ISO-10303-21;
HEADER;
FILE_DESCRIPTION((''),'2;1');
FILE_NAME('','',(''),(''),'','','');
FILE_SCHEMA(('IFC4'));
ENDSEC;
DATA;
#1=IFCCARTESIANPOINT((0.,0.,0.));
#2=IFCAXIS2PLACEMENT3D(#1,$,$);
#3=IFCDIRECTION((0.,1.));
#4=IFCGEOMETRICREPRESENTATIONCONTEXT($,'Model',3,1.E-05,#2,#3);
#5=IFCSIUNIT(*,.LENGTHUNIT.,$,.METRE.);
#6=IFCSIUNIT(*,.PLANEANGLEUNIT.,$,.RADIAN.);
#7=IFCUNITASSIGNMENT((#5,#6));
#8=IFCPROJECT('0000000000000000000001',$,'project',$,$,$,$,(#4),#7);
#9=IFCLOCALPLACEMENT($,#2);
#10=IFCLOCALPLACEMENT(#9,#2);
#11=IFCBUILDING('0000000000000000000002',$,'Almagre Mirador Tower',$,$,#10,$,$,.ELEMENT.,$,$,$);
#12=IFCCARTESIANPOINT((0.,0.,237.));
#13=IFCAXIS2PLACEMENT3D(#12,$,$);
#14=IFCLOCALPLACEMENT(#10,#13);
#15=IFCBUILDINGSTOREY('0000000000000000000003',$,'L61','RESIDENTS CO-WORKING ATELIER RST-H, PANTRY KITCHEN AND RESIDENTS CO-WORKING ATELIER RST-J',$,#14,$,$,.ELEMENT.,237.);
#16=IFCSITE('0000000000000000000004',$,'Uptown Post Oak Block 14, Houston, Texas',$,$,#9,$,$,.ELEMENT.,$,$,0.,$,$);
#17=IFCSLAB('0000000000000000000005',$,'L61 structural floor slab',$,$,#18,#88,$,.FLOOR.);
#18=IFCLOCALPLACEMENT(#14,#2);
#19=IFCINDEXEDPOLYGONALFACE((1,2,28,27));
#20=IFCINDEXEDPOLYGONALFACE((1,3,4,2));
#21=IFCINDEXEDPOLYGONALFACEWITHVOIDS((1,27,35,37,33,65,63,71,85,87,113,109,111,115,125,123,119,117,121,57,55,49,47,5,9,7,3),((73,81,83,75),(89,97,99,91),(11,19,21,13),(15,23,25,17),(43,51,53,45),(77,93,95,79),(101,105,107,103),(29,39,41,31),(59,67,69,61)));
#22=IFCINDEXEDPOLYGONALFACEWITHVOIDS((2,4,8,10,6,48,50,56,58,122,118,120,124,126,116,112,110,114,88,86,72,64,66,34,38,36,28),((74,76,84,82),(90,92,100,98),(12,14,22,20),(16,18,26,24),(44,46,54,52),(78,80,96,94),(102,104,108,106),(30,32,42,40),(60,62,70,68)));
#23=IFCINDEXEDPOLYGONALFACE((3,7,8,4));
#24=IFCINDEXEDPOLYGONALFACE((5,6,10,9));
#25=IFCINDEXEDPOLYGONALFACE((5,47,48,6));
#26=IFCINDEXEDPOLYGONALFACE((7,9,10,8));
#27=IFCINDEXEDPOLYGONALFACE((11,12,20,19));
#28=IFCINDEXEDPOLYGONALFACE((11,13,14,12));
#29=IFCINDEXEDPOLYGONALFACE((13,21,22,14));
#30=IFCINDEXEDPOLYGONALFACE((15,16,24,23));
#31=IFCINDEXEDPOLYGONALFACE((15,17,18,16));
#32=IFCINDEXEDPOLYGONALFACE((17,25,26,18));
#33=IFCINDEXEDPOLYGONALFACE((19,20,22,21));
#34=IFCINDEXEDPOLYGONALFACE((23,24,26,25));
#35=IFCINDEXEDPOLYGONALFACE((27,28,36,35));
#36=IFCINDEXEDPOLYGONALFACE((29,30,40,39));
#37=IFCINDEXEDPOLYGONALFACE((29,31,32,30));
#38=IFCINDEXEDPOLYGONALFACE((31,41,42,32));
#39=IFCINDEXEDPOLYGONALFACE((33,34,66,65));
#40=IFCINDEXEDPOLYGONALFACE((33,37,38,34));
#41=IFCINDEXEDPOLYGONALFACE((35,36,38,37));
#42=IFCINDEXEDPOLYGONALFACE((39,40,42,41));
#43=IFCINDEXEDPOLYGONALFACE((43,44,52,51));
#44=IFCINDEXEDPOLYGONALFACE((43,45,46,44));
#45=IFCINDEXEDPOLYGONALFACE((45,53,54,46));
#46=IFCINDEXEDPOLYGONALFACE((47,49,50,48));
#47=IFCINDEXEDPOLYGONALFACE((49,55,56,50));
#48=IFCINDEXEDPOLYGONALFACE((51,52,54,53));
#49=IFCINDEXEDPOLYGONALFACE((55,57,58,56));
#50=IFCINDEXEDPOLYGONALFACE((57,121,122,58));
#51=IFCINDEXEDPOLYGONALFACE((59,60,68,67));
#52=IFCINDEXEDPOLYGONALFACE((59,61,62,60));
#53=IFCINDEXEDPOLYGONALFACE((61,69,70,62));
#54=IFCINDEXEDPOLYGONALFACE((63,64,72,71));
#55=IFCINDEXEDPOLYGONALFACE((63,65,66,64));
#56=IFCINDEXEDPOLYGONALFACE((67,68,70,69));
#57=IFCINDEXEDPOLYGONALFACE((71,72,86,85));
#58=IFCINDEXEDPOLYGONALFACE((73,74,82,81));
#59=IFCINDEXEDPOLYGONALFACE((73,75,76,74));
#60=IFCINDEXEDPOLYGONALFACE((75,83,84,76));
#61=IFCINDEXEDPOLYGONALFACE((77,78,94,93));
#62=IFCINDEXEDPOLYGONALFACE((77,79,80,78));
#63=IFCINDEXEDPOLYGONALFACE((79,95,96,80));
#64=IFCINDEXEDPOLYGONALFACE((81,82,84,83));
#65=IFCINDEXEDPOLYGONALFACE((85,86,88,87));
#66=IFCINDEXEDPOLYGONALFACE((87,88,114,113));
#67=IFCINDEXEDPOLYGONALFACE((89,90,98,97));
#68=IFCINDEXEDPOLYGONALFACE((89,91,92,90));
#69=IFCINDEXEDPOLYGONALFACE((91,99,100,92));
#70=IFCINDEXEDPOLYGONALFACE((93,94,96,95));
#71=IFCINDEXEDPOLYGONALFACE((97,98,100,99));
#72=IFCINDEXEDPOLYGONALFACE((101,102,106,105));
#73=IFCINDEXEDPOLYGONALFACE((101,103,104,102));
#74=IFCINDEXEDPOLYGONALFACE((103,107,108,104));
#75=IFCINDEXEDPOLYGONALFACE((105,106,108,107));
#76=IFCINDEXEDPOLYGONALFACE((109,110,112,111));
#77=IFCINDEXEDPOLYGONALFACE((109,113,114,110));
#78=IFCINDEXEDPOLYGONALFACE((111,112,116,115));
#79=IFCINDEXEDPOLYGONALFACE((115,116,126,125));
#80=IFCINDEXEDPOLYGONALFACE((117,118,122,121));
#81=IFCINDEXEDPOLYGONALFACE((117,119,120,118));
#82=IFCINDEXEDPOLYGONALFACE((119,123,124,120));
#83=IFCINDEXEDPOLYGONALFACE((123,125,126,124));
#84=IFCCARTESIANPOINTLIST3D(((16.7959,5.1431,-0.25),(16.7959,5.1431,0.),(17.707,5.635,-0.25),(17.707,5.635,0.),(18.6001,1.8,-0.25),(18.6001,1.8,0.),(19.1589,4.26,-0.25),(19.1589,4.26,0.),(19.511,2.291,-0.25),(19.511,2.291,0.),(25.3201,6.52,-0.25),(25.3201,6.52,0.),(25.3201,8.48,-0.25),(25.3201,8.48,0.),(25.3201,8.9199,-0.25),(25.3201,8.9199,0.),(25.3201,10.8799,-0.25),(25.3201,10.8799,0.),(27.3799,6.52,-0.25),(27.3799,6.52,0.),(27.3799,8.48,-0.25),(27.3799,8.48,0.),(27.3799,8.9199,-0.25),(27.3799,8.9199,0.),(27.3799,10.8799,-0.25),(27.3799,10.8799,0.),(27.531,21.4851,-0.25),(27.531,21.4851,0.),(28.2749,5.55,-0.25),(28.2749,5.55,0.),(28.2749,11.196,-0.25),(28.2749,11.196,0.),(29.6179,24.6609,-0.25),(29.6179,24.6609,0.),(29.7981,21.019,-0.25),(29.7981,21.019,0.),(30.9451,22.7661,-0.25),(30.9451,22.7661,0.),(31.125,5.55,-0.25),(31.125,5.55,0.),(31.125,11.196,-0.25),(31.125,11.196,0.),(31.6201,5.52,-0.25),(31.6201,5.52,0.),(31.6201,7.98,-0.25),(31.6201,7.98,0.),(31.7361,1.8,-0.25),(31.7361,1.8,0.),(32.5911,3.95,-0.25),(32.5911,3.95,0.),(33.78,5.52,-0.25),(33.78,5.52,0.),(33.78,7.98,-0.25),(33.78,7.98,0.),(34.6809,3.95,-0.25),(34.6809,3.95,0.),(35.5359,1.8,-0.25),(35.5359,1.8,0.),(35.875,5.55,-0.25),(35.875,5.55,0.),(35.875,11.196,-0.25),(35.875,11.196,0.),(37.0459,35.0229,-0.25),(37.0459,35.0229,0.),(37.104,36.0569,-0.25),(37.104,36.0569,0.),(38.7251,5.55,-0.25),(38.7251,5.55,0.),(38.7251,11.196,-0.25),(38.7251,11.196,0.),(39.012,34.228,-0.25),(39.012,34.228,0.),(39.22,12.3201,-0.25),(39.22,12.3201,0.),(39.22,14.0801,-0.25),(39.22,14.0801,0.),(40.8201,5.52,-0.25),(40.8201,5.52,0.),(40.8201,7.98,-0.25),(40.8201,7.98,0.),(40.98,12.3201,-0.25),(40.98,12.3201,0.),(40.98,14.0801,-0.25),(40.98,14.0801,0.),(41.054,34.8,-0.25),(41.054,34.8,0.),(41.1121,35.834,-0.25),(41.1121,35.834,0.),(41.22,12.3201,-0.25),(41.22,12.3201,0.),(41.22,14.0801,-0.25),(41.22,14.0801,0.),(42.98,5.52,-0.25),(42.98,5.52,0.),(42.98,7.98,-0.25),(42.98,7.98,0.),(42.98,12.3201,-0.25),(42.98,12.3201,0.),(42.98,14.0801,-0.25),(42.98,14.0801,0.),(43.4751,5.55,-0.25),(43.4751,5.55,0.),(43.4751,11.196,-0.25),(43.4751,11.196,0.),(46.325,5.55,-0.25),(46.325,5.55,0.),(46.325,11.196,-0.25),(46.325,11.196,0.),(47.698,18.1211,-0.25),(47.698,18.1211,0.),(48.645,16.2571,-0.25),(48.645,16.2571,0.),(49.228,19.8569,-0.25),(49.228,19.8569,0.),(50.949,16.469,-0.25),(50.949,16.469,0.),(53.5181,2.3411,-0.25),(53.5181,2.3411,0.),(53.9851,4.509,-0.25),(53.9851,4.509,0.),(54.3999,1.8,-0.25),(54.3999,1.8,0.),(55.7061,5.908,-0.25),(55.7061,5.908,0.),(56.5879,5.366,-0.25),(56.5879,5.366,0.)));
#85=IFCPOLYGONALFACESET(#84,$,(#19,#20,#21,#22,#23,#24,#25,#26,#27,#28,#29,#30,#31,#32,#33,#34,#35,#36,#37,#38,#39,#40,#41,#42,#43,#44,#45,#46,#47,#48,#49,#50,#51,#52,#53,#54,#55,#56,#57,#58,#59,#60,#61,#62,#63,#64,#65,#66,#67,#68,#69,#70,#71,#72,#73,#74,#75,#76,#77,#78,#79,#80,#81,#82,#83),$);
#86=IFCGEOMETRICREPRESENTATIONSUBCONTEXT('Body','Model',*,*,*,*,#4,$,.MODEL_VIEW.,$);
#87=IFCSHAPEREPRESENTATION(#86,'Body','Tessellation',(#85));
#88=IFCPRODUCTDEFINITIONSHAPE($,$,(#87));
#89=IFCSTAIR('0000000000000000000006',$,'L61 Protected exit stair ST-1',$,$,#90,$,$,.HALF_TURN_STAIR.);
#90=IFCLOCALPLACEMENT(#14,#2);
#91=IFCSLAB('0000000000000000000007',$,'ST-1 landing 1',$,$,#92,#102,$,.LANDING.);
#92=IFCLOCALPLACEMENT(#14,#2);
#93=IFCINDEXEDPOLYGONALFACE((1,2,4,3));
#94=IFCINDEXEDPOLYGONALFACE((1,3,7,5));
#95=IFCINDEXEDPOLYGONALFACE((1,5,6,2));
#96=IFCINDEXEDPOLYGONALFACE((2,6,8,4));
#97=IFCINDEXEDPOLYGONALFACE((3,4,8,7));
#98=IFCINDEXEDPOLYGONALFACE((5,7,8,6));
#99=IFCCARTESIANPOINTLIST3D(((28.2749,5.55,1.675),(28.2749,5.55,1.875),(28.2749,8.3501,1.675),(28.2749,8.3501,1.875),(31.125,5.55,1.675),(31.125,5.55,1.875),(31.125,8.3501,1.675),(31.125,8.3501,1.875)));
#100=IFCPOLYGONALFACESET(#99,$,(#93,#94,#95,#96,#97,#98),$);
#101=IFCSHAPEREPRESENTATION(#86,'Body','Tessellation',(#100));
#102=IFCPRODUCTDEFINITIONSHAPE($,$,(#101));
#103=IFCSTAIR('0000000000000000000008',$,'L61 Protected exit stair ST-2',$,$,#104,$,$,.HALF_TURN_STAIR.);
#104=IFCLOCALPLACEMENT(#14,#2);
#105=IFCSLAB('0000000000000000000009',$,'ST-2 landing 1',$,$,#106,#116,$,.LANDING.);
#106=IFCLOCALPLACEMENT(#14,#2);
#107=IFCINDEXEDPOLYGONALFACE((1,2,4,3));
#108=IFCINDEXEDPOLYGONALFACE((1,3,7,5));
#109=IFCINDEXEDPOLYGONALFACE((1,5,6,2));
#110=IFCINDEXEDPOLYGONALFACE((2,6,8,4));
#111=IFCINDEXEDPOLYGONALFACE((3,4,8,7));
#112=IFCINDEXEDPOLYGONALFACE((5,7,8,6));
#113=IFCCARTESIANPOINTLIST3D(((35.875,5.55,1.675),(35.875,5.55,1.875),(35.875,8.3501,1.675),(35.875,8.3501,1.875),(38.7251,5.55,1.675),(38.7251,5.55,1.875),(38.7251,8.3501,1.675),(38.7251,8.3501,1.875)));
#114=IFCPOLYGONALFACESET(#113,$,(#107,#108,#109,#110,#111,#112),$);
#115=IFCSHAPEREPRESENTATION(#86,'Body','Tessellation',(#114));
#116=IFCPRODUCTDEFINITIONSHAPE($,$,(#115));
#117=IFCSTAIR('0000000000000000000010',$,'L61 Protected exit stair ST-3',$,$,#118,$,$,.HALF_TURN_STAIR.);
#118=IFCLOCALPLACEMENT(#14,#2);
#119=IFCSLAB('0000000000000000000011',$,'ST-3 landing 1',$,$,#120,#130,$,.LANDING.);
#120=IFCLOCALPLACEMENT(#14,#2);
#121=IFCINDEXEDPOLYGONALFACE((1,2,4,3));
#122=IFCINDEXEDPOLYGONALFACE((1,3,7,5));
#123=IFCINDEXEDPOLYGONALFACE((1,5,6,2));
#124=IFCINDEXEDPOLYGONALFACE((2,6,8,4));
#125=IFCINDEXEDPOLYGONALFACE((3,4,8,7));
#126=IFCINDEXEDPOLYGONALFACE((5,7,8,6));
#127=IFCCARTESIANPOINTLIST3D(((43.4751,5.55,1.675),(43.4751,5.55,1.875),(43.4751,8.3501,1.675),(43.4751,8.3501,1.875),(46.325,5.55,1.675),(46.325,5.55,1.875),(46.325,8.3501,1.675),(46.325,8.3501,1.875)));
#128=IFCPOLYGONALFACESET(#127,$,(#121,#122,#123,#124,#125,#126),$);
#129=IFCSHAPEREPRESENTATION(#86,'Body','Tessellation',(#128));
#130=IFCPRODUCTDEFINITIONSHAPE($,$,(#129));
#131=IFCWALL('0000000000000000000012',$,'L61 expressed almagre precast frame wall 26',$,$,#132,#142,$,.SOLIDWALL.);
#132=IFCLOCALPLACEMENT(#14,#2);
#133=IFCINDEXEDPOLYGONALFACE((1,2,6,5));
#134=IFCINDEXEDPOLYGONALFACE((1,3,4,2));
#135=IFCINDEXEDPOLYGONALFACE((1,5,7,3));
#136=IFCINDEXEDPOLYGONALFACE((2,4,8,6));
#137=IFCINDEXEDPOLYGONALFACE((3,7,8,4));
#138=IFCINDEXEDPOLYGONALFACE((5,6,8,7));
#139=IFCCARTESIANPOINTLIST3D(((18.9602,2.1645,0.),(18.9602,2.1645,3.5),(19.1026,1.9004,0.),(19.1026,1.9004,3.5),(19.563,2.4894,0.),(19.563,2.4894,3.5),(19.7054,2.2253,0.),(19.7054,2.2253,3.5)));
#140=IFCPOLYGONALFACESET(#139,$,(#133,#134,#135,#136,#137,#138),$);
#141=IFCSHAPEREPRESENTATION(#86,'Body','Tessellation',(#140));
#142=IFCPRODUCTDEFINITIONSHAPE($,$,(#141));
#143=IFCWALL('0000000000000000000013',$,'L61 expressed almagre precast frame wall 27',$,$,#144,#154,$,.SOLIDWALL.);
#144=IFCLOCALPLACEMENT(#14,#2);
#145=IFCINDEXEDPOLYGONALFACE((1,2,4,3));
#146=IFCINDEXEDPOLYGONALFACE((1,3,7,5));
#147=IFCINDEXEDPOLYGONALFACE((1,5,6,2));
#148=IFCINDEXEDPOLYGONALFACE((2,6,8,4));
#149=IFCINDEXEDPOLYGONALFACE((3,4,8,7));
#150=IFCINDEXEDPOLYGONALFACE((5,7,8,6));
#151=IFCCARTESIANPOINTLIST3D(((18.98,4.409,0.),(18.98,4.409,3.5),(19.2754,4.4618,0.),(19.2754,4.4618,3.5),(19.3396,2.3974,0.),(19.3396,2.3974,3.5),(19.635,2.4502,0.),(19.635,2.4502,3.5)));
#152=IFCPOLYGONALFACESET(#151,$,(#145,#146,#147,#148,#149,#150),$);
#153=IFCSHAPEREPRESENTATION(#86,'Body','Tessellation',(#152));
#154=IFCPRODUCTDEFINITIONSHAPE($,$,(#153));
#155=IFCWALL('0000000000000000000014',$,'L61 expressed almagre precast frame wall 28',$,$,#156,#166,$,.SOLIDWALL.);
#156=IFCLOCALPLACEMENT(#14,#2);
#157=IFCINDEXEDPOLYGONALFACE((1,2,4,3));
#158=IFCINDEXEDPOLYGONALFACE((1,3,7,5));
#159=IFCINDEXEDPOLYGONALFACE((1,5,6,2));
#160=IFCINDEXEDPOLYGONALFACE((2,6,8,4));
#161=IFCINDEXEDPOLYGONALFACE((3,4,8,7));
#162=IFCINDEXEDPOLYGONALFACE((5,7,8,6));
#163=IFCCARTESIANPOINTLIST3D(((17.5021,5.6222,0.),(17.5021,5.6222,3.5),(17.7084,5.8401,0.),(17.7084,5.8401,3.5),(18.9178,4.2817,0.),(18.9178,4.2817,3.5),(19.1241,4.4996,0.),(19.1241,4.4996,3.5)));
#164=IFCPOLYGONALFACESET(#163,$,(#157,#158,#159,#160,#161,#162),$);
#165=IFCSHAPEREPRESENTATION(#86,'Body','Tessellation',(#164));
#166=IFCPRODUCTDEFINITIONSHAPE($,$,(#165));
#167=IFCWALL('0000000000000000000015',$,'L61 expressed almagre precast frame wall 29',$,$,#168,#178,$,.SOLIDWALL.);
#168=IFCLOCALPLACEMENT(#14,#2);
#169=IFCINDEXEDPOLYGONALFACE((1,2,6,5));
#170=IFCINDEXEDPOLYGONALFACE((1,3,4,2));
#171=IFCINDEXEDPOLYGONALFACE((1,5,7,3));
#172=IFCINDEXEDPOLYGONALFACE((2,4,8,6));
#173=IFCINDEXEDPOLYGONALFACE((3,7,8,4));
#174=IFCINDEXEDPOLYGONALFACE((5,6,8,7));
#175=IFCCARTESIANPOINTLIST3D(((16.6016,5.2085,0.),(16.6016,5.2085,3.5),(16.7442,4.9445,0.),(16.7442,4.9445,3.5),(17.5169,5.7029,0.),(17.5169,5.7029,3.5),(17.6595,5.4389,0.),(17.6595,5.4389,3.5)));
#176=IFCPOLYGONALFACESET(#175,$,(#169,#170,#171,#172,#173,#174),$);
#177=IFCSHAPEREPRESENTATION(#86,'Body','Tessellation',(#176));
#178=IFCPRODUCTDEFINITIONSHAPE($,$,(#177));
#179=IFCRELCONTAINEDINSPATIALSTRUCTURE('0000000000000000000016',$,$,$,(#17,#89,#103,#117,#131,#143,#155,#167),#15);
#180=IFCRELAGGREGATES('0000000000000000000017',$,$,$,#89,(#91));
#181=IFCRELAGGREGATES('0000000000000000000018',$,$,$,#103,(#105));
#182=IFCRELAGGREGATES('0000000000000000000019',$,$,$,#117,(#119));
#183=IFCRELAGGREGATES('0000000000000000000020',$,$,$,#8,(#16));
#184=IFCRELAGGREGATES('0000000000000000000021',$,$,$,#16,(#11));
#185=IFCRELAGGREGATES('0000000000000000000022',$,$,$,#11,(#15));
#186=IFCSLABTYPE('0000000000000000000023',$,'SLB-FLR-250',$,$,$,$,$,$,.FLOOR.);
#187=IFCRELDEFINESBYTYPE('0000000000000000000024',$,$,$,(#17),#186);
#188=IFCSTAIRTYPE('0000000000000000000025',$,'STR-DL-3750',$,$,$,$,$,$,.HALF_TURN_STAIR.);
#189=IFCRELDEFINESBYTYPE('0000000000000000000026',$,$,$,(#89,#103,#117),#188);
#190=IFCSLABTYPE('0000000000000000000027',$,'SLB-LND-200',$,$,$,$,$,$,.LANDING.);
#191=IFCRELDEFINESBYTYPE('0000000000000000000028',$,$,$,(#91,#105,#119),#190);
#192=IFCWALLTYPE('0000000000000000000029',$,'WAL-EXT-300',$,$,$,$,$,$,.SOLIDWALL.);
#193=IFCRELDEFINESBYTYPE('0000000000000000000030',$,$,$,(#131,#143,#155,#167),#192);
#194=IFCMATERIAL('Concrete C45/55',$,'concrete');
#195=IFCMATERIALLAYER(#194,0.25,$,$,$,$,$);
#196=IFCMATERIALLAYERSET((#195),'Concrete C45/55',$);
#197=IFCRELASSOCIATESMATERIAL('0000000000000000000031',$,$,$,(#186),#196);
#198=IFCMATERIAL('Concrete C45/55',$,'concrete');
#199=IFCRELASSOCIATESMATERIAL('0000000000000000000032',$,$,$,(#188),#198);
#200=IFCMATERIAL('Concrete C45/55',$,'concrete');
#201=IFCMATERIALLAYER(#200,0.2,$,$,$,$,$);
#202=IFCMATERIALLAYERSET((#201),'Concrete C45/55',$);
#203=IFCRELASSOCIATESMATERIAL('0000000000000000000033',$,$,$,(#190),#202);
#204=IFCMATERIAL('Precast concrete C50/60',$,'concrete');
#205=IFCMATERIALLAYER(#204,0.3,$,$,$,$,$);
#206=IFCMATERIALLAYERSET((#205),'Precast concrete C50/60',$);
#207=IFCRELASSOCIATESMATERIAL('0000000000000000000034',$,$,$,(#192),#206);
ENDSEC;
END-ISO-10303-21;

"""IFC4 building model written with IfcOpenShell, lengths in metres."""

from ifc_helpers import new_model, si_unit, direction, frame, frame_2d, origin, place, context, subcontext, project, spatial, polyline, rectangle, outline, extrude, material, layer, layer_set, type_object, element, aggregate, save


model = new_model("IFC4")

# Units and contexts
model_context = context("Model", 3, precision=1e-05, world=origin(), true_north=direction((0.0, 1.0)))
body_context = subcontext(model_context, "Body", "Model", "MODEL_VIEW")
ifc_project = project(units=[si_unit("LENGTHUNIT", "METRE"), si_unit("PLANEANGLEUNIT", "RADIAN")], contexts=[model_context])

# Site, building, storey
site_placement = place(None, origin())
site = spatial("IfcSite", under=ifc_project, at=site_placement, Name="Uptown Post Oak Block 14, Houston, Texas", CompositionType="ELEMENT", RefElevation=0.0)
building_placement = place(site_placement, origin())
building = spatial("IfcBuilding", under=site, at=building_placement, Name="Almagre Mirador Tower", CompositionType="ELEMENT")
storey_placement = place(building_placement, frame((0.0, 0.0, 237.0)))
storey = spatial("IfcBuildingStorey", under=building, at=storey_placement, Name="L61", Description="RESIDENTS CO-WORKING ATELIER RST-H, PANTRY KITCHEN AND RESIDENTS CO-WORKING ATELIER RST-J", CompositionType="ELEMENT", Elevation=237.0)

# Slab
ifc_material_1 = material(Name="Concrete C45/55", Category="concrete")
ifc_layer_1 = layer(ifc_material_1, 0.25)
ifc_layer_set_1 = layer_set([ifc_layer_1], Name="Concrete C45/55")
slab_type_1 = type_object("IfcSlabType", Name="SLB-FLR-250", PredefinedType="FLOOR", material=ifc_layer_set_1)
slab_1_placement = place(storey_placement, frame((0.0, 0.0, -0.25)))
element("IfcSlab", 1, at=slab_1_placement, inside=storey, type_object=slab_type_1, Name="L61 structural floor slab", PredefinedType="FLOOR", context=body_context, shape_type="SweptSolid", body=[
    extrude(outline(polyline([(16.7959, 5.1431), (17.707, 5.635), (19.1589, 4.26), (19.511, 2.291), (18.6001, 1.8), (31.7361, 1.8), (32.5911, 3.95), (34.6809, 3.95), (35.5359, 1.8), (54.3999, 1.8), (53.5181, 2.3411), (53.9851, 4.509), (55.7061, 5.908), (56.5879, 5.366), (50.949, 16.469), (48.645, 16.2571), (47.698, 18.1211), (49.228, 19.8569), (41.1121, 35.834), (41.054, 34.8), (39.012, 34.228), (37.0459, 35.0229), (37.104, 36.0569), (29.6179, 24.6609), (30.9451, 22.7661), (29.7981, 21.019), (27.531, 21.4851), (16.7959, 5.1431)]), holes=[polyline([(43.4751, 5.55), (43.4751, 11.196), (46.325, 11.196), (46.325, 5.55), (43.4751, 5.55)]), polyline([(41.22, 12.3201), (41.22, 14.0801), (42.98, 14.0801), (42.98, 12.3201), (41.22, 12.3201)]), polyline([(42.98, 5.52), (40.8201, 5.52), (40.8201, 7.98), (42.98, 7.98), (42.98, 5.52)]), polyline([(39.22, 12.3201), (39.22, 14.0801), (40.98, 14.0801), (40.98, 12.3201), (39.22, 12.3201)]), polyline([(35.875, 5.55), (35.875, 11.196), (38.7251, 11.196), (38.7251, 5.55), (35.875, 5.55)]), polyline([(33.78, 5.52), (31.6201, 5.52), (31.6201, 7.98), (33.78, 7.98), (33.78, 5.52)]), polyline([(28.2749, 5.55), (28.2749, 11.196), (31.125, 11.196), (31.125, 5.55), (28.2749, 5.55)]), polyline([(27.3799, 6.52), (25.3201, 6.52), (25.3201, 8.48), (27.3799, 8.48), (27.3799, 6.52)]), polyline([(27.3799, 8.9199), (25.3201, 8.9199), (25.3201, 10.8799), (27.3799, 10.8799), (27.3799, 8.9199)])]), origin(), (0.0, 0.0, 1.0), 0.25),
])

# Stairs, slabs
ifc_material_2 = material(Name="Concrete C45/55", Category="concrete")
stair_type = type_object("IfcStairType", Name="STR-DL-3750", PredefinedType="HALF_TURN_STAIR", material=ifc_material_2)
stair_1_placement = place(storey_placement, origin())
stair_1 = element("IfcStair", 2, at=stair_1_placement, inside=storey, type_object=stair_type, Name="L61 Protected exit stair ST-1", PredefinedType="HALF_TURN_STAIR")
ifc_material_3 = material(Name="Concrete C45/55", Category="concrete")
ifc_layer_2 = layer(ifc_material_3, 0.2)
ifc_layer_set_2 = layer_set([ifc_layer_2], Name="Concrete C45/55")
slab_type_2 = type_object("IfcSlabType", Name="SLB-LND-200", PredefinedType="LANDING", material=ifc_layer_set_2)
slab_2_placement = place(storey_placement, frame((0.0, 0.0, 1.675)))
slab_2 = element("IfcSlab", 3, at=slab_2_placement, type_object=slab_type_2, Name="ST-1 landing 1", PredefinedType="LANDING", context=body_context, shape_type="SweptSolid", body=[
    extrude(outline(polyline([(28.2749, 8.3501), (28.2749, 5.55), (31.125, 5.55), (31.125, 8.3501), (28.2749, 8.3501)])), origin(), (0.0, 0.0, 1.0), 0.2),
])
aggregate(stair_1, [slab_2])
stair_2_placement = place(storey_placement, origin())
stair_2 = element("IfcStair", 4, at=stair_2_placement, inside=storey, type_object=stair_type, Name="L61 Protected exit stair ST-2", PredefinedType="HALF_TURN_STAIR")
slab_3_placement = place(storey_placement, frame((0.0, 0.0, 1.675)))
slab_3 = element("IfcSlab", 5, at=slab_3_placement, type_object=slab_type_2, Name="ST-2 landing 1", PredefinedType="LANDING", context=body_context, shape_type="SweptSolid", body=[
    extrude(outline(polyline([(35.875, 8.3501), (35.875, 5.55), (38.7251, 5.55), (38.7251, 8.3501), (35.875, 8.3501)])), origin(), (0.0, 0.0, 1.0), 0.2),
])
aggregate(stair_2, [slab_3])
stair_3_placement = place(storey_placement, origin())
stair_3 = element("IfcStair", 6, at=stair_3_placement, inside=storey, type_object=stair_type, Name="L61 Protected exit stair ST-3", PredefinedType="HALF_TURN_STAIR")
slab_4_placement = place(storey_placement, frame((0.0, 0.0, 1.675)))
slab_4 = element("IfcSlab", 7, at=slab_4_placement, type_object=slab_type_2, Name="ST-3 landing 1", PredefinedType="LANDING", context=body_context, shape_type="SweptSolid", body=[
    extrude(outline(polyline([(43.4751, 8.3501), (43.4751, 5.55), (46.325, 5.55), (46.325, 8.3501), (43.4751, 8.3501)])), origin(), (0.0, 0.0, 1.0), 0.2),
])
aggregate(stair_3, [slab_4])

# Walls
ifc_material_4 = material(Name="Precast concrete C50/60", Category="concrete")
ifc_layer_3 = layer(ifc_material_4, 0.3)
ifc_layer_set_3 = layer_set([ifc_layer_3], Name="Precast concrete C50/60")
wall_type_1 = type_object("IfcWallType", Name="WAL-EXT-300", PredefinedType="SOLIDWALL", material=ifc_layer_set_3)
wall_1_placement = place(storey_placement, frame((19.0315, 2.0325, 0.0), z_axis=(0.0, 0.0, 1.0), x_axis=(0.880242, 0.474525, 0.0)))
element("IfcWall", 8, at=wall_1_placement, inside=storey, type_object=wall_type_1, Name="L61 expressed almagre precast frame wall 26", PredefinedType="SOLIDWALL", context=body_context, shape_type="SweptSolid", body=[
    extrude(rectangle(XDim=0.6848, YDim=0.3, at=frame_2d((0.3423, 0.0))), origin(), (0.0, 0.0, 1.0), 3.5),
])
wall_2_placement = place(storey_placement, frame((19.4873, 2.4238, 0.0), z_axis=(0.0, 0.0, 1.0), x_axis=(-0.175993, 0.984391, 0.0)))
element("IfcWall", 9, at=wall_2_placement, inside=storey, type_object=wall_type_1, Name="L61 expressed almagre precast frame wall 27", PredefinedType="SOLIDWALL", context=body_context, shape_type="SweptSolid", body=[
    extrude(rectangle(XDim=2.0435, YDim=0.3, at=frame_2d((1.0217, 0.0))), origin(), (0.0, 0.0, 1.0), 3.5),
])
wall_3_placement = place(storey_placement, frame((19.021, 4.3906, 0.0), z_axis=(0.0, 0.0, 1.0), x_axis=(-0.726127, 0.687561, 0.0)))
element("IfcWall", 10, at=wall_3_placement, inside=storey, type_object=wall_type_1, Name="L61 expressed almagre precast frame wall 28", PredefinedType="SOLIDWALL", context=body_context, shape_type="SweptSolid", body=[
    extrude(rectangle(XDim=1.9497, YDim=0.3, at=frame_2d((0.9749, 0.0))), origin(), (0.0, 0.0, 1.0), 3.5),
])
wall_4_placement = place(storey_placement, frame((17.5881, 5.5708, 0.0), z_axis=(0.0, 0.0, 1.0), x_axis=(-0.879852, -0.475247, 0.0)))
element("IfcWall", 11, at=wall_4_placement, inside=storey, type_object=wall_type_1, Name="L61 expressed almagre precast frame wall 29", PredefinedType="SOLIDWALL", context=body_context, shape_type="SweptSolid", body=[
    extrude(rectangle(XDim=1.0403, YDim=0.3, at=frame_2d((0.52, 0.0))), origin(), (0.0, 0.0, 1.0), 3.5),
])

save(model, "model.ifc")
